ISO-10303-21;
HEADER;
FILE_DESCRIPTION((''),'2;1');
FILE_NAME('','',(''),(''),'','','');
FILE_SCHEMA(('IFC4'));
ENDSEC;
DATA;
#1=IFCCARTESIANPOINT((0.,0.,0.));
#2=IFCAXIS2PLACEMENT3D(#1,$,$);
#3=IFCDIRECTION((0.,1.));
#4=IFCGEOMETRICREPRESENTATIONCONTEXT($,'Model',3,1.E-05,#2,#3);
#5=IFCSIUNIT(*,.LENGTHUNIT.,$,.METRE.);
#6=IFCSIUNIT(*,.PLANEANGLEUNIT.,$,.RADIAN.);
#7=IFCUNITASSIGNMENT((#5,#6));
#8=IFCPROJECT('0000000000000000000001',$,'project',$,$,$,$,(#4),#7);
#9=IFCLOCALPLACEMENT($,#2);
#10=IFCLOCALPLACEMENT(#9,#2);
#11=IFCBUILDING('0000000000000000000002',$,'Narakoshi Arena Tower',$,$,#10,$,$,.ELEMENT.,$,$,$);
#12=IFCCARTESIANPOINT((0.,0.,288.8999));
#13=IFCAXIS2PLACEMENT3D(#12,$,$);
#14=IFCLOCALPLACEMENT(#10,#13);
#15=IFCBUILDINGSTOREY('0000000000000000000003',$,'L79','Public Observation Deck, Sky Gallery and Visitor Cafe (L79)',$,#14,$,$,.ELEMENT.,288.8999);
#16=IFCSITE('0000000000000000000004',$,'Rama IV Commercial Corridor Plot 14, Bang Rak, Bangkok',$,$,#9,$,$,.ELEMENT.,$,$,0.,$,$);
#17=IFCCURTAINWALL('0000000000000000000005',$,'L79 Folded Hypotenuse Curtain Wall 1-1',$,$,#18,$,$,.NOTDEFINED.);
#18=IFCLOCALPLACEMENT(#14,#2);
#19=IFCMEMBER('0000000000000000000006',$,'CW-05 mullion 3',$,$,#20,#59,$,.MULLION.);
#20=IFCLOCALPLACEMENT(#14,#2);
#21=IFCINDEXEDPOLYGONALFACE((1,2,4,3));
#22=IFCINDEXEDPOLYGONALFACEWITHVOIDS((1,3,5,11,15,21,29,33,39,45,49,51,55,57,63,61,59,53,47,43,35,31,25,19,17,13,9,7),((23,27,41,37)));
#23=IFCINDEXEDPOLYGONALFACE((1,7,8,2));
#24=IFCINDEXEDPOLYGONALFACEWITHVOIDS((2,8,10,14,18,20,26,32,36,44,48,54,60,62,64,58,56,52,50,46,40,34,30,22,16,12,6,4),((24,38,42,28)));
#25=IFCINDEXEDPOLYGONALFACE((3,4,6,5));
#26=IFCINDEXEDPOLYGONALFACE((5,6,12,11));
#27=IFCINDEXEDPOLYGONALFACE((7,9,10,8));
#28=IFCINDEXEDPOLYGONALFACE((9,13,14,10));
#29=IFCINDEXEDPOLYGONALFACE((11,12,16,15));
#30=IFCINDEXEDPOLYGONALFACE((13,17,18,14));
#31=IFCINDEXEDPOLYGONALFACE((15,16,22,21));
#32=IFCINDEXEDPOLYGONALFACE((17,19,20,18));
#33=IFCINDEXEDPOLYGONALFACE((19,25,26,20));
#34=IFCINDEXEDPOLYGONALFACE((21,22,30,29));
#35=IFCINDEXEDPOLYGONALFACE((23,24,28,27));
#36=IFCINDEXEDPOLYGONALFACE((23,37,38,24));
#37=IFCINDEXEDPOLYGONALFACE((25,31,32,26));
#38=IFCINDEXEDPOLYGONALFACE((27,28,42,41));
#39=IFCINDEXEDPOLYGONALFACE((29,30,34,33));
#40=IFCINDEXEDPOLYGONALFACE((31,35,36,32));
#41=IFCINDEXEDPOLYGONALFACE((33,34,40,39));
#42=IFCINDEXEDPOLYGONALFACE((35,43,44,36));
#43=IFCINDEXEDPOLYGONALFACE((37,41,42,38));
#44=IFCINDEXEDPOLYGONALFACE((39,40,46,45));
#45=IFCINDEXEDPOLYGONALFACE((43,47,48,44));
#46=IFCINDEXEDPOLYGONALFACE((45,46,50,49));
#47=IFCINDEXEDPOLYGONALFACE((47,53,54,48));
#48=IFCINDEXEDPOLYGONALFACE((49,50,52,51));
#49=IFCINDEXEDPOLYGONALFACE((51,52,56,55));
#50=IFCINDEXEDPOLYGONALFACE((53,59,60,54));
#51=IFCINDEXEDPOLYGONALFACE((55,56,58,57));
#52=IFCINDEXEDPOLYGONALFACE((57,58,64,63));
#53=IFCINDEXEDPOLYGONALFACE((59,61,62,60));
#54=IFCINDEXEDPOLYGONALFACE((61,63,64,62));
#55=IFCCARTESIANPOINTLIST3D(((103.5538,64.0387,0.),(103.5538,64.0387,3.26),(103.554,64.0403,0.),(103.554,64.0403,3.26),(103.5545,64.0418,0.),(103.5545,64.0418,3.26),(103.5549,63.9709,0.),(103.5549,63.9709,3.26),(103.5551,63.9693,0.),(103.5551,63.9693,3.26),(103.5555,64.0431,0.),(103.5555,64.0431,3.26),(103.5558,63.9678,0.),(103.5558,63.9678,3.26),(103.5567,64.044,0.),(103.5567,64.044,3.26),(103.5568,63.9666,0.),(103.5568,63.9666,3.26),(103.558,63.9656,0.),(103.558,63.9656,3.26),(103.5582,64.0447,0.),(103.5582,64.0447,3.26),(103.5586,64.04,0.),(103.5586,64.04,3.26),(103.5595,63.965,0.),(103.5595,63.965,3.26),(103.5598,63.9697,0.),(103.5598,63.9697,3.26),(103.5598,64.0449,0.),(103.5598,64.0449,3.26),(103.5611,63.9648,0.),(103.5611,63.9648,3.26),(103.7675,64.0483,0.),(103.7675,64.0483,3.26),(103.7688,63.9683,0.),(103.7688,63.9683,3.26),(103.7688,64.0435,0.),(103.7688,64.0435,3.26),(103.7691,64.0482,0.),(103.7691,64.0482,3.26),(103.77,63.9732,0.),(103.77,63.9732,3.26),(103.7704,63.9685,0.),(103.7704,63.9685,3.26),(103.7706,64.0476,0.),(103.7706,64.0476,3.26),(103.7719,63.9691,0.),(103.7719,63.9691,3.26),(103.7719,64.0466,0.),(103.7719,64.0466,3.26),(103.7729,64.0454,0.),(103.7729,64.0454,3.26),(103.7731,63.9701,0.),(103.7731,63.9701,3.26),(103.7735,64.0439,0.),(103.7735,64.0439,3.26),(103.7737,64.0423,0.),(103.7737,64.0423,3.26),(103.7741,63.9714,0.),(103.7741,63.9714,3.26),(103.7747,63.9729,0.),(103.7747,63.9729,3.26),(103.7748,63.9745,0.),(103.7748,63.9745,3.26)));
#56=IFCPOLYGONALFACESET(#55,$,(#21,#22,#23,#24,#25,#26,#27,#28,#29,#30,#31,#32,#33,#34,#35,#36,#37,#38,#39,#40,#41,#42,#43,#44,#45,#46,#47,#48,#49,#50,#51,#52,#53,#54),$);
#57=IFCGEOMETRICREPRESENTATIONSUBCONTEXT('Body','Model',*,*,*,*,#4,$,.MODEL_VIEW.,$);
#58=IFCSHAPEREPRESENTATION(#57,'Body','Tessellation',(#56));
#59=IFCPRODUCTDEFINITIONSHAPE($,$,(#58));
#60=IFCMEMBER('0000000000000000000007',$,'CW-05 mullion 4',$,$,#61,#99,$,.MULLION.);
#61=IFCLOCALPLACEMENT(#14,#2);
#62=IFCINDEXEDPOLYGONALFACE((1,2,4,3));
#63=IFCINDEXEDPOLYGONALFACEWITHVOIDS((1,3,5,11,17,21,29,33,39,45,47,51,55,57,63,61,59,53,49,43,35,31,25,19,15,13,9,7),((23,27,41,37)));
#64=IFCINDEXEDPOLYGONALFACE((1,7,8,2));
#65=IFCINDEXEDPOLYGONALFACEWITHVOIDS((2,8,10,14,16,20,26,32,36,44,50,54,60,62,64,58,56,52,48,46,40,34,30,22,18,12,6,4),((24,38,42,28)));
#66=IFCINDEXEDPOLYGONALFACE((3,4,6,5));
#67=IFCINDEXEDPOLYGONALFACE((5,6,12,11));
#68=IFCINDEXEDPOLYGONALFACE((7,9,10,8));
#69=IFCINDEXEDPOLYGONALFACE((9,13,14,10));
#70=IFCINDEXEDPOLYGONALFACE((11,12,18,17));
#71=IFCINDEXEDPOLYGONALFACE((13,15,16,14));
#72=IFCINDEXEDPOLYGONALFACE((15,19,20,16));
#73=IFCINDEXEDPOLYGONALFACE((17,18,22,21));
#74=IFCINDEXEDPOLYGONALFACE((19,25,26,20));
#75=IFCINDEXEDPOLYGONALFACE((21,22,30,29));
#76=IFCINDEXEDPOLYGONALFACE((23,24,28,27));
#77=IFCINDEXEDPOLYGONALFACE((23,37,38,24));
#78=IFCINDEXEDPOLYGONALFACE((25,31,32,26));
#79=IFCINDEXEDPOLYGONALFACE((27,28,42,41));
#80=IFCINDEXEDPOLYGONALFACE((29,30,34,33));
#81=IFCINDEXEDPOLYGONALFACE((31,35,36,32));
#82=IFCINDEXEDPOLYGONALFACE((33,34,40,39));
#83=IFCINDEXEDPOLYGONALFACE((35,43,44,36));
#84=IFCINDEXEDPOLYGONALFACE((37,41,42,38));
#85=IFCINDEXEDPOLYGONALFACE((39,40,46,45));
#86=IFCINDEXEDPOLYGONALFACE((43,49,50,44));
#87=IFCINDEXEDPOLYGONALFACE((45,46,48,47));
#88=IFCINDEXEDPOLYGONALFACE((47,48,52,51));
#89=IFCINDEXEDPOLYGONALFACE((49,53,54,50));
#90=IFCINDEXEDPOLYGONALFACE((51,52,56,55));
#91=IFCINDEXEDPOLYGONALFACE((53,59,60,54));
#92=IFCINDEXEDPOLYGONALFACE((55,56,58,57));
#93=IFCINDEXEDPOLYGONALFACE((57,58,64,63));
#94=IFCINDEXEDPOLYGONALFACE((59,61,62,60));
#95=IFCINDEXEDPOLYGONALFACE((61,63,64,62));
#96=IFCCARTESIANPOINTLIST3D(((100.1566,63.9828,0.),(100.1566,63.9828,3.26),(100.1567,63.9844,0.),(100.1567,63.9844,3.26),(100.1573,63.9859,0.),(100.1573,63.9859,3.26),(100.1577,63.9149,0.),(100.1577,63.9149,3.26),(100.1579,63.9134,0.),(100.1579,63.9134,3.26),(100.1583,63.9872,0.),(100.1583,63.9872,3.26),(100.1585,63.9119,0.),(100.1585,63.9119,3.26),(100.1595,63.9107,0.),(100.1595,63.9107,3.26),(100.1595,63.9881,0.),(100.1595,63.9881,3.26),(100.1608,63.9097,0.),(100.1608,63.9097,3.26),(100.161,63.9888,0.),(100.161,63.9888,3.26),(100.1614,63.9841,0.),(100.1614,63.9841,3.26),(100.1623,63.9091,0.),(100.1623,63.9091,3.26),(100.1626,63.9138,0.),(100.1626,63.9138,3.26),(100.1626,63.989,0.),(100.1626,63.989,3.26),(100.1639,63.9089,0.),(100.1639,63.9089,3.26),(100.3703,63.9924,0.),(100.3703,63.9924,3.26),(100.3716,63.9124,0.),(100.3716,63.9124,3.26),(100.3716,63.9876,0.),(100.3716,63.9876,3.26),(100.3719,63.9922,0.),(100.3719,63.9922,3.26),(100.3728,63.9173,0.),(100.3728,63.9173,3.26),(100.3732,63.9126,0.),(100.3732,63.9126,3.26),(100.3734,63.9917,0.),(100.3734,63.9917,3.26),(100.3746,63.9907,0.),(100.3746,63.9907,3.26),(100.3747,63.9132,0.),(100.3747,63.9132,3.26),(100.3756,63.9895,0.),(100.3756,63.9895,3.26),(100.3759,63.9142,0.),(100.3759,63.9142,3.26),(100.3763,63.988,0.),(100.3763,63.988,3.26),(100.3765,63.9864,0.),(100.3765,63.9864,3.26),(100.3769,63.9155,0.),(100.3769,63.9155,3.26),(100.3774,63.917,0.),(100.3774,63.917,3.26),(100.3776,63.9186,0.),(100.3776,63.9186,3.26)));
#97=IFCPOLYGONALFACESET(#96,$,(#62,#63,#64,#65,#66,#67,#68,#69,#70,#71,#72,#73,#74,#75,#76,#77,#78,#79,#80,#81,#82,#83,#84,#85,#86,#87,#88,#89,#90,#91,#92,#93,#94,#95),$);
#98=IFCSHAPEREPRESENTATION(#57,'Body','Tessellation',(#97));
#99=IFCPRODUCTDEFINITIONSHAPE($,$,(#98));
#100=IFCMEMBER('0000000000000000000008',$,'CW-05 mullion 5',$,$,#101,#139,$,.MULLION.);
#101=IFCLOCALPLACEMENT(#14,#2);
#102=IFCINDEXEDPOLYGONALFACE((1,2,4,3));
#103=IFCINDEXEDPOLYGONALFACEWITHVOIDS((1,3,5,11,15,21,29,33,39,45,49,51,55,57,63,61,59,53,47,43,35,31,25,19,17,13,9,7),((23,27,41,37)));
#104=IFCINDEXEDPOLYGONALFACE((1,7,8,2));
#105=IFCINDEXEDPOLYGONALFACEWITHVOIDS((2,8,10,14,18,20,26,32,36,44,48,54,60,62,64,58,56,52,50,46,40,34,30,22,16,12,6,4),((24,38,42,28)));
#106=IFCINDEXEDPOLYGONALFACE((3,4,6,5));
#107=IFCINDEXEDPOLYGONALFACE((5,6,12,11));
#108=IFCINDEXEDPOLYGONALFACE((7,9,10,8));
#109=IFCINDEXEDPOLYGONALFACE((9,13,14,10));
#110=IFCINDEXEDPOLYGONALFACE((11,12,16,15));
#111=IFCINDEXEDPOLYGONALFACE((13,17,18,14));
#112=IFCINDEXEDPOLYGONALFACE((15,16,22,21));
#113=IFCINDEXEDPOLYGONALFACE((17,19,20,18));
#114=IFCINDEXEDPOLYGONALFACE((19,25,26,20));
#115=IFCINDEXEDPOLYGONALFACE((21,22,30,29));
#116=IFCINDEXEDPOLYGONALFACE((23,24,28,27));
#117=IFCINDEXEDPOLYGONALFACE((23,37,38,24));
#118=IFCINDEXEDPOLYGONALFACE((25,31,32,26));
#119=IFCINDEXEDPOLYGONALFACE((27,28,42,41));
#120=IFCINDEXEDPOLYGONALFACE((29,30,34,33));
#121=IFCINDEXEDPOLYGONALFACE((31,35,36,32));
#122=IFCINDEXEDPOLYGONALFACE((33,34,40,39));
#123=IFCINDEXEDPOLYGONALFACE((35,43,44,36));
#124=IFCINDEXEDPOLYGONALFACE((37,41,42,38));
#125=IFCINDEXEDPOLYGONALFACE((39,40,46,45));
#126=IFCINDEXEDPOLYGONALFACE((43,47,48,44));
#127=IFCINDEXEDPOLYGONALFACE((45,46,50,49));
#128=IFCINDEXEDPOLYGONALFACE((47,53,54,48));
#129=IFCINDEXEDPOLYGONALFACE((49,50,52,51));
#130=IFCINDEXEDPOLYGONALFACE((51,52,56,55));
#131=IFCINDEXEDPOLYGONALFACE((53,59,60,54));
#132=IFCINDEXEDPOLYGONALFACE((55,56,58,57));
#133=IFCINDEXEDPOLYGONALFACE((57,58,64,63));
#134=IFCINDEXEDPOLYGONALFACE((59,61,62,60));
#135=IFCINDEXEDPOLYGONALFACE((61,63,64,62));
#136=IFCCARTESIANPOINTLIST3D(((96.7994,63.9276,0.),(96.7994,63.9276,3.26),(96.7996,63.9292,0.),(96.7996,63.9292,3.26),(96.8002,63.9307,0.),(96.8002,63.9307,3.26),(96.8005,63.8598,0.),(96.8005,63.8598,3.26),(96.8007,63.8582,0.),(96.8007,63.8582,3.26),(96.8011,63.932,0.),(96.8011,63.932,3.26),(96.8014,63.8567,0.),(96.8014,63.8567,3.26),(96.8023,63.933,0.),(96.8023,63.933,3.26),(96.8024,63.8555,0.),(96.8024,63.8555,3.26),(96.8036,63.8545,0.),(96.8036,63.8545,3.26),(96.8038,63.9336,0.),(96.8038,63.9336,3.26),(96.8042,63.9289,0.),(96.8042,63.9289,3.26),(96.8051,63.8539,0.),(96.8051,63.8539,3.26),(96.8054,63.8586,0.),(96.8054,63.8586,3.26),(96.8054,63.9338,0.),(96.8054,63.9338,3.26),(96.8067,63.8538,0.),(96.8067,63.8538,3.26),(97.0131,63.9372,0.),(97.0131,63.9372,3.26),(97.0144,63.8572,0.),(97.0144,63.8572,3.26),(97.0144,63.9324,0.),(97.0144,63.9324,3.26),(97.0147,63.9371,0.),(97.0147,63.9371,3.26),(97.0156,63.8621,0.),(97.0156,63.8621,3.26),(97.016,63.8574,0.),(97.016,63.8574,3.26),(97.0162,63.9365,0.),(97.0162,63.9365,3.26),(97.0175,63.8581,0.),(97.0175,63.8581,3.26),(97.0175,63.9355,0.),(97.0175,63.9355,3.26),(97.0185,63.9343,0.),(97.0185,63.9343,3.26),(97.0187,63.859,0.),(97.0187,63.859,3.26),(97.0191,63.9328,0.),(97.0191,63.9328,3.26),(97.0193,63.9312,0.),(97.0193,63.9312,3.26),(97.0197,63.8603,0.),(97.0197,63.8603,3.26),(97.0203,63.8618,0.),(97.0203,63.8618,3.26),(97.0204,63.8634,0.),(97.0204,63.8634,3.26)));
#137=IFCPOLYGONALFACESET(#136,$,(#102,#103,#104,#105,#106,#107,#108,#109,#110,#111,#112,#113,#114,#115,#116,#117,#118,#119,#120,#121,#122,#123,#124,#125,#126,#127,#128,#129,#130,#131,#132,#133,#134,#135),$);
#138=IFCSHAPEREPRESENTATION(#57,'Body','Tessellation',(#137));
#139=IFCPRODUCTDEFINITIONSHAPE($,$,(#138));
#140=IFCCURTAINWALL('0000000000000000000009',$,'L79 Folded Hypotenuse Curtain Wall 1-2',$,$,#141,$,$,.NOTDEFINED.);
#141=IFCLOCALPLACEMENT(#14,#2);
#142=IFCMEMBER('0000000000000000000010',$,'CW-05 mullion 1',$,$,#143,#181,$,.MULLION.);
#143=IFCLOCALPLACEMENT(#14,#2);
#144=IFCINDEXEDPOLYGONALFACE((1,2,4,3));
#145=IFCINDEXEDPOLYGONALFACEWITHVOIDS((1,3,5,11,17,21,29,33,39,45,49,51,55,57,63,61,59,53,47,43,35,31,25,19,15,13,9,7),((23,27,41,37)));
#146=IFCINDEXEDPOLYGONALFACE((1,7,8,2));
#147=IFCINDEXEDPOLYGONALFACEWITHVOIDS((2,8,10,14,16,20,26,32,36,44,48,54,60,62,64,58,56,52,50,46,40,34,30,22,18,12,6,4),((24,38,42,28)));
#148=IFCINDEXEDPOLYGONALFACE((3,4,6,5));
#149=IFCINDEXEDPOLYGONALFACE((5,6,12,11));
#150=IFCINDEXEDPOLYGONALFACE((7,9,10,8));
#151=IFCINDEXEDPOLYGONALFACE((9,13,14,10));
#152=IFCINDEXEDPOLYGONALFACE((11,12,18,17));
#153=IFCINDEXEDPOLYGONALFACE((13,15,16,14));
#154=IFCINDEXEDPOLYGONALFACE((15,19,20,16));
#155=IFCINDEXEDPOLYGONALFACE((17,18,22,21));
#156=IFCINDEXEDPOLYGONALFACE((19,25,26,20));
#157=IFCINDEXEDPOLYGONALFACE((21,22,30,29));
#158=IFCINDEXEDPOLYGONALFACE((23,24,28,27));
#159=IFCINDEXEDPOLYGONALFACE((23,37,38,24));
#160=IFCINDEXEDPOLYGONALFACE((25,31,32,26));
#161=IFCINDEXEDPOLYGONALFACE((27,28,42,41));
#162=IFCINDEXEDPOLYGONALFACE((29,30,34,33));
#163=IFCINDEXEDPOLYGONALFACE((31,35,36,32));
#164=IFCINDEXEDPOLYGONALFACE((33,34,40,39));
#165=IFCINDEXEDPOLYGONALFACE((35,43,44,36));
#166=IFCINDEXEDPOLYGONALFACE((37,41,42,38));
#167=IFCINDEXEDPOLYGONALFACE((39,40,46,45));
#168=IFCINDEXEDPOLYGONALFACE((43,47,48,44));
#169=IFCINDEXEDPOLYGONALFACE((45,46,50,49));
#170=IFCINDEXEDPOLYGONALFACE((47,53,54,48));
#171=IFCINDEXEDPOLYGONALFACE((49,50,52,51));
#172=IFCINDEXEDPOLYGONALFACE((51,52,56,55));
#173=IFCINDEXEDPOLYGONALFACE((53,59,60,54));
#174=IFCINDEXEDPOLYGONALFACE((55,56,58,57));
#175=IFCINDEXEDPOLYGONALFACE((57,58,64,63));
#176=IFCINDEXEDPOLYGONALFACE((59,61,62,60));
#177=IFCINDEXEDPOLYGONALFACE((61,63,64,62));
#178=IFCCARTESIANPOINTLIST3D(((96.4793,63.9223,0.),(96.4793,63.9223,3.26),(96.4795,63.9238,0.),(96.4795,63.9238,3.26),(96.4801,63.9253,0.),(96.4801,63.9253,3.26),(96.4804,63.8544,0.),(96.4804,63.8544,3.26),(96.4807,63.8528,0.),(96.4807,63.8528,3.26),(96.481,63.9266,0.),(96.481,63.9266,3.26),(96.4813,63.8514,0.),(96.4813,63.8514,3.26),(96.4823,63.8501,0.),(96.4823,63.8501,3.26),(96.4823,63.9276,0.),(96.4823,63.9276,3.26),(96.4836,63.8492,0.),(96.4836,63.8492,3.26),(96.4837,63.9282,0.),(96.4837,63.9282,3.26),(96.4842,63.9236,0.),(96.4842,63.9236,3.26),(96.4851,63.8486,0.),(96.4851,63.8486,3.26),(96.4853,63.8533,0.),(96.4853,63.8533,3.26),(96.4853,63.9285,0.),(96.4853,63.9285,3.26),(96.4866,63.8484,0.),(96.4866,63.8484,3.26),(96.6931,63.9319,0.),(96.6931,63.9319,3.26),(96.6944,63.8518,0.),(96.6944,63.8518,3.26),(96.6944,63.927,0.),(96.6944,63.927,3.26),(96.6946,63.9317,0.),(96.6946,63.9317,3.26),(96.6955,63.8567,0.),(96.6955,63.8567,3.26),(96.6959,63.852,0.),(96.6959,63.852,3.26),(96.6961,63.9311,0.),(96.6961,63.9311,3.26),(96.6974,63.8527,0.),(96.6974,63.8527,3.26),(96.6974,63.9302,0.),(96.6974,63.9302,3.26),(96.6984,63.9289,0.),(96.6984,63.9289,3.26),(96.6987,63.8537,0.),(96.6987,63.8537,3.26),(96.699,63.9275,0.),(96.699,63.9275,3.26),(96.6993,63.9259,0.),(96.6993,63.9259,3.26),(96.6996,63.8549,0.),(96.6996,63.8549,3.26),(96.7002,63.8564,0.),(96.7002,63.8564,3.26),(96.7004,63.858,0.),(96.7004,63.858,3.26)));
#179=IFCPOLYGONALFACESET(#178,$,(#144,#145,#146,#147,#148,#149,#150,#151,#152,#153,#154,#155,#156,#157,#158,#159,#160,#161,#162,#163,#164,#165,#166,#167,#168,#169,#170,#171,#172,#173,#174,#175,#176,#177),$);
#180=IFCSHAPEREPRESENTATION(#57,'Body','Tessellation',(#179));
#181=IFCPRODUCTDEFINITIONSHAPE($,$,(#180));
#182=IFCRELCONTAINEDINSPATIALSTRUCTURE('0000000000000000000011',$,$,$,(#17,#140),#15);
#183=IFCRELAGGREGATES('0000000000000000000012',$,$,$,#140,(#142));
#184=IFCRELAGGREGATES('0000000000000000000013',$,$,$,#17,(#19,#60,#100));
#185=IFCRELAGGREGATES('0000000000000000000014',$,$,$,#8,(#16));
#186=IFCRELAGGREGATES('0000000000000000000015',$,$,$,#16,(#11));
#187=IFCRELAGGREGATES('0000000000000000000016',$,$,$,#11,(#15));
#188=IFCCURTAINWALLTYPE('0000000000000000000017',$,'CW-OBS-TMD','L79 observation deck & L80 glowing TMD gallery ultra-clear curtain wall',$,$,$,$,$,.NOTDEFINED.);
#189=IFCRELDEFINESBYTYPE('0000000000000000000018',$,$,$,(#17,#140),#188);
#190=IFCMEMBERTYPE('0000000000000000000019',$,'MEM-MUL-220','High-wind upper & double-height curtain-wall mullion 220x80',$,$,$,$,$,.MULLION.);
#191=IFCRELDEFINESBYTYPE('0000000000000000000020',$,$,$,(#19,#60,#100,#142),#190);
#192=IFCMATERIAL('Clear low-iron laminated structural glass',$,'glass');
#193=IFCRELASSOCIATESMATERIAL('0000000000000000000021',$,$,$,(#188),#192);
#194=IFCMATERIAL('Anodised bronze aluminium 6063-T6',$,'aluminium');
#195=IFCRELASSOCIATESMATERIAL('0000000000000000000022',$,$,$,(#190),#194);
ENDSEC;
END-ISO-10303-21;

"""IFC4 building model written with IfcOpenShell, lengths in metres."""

from ifc_helpers import new_model, si_unit, direction, frame, origin, origin_2d, place, context, subcontext, project, spatial, hollow_rectangle, extrude, material, material_profile, profile_set, type_object, element, aggregate, save


model = new_model("IFC4")

# Units and contexts
model_context = context("Model", 3, precision=1e-05, world=origin(), true_north=direction((0.0, 1.0)))
body_context = subcontext(model_context, "Body", "Model", "MODEL_VIEW")
ifc_project = project(units=[si_unit("LENGTHUNIT", "METRE"), si_unit("PLANEANGLEUNIT", "RADIAN")], contexts=[model_context])

# Site, building, storey
site_placement = place(None, origin())
site = spatial("IfcSite", under=ifc_project, at=site_placement, Name="Rama IV Commercial Corridor Plot 14, Bang Rak, Bangkok", CompositionType="ELEMENT", RefElevation=0.0)
building_placement = place(site_placement, origin())
building = spatial("IfcBuilding", under=site, at=building_placement, Name="Narakoshi Arena Tower", CompositionType="ELEMENT")
storey_placement = place(building_placement, frame((0.0, 0.0, 288.8999)))
storey = spatial("IfcBuildingStorey", under=building, at=storey_placement, Name="L79", Description="Public Observation Deck, Sky Gallery and Visitor Cafe (L79)", CompositionType="ELEMENT", Elevation=288.8999)

# Curtain wall, members
ifc_material_1 = material(Name="Clear low-iron laminated structural glass", Category="glass")
curtain_wall_type = type_object("IfcCurtainWallType", Name="CW-OBS-TMD", Description="L79 observation deck & L80 glowing TMD gallery ultra-clear curtain wall", PredefinedType="NOTDEFINED", material=ifc_material_1)
curtain_wall_1_placement = place(storey_placement, origin())
curtain_wall_1 = element("IfcCurtainWall", 1, at=curtain_wall_1_placement, inside=storey, type_object=curtain_wall_type, Name="L79 Folded Hypotenuse Curtain Wall 1-1", PredefinedType="NOTDEFINED")
ifc_material_2 = material(Name="Anodised bronze aluminium 6063-T6", Category="aluminium")
ifc_material_profile_1 = material_profile(ifc_material_2, hollow_rectangle(XDim=0.0801, YDim=0.22, WallThickness=0.0049, OuterFilletRadius=0.0061, at=origin_2d()), Name="MUL220x80x5")
ifc_profile_set_1 = profile_set([ifc_material_profile_1], Name="Anodised bronze aluminium 6063-T6")
member_type_1 = type_object("IfcMemberType", Name="MEM-MUL-220", Description="High-wind upper & double-height curtain-wall mullion 220x80", PredefinedType="MULLION", material=ifc_profile_set_1)
member_1_placement = place(storey_placement, frame((103.6643, 64.0066, 0.0), z_axis=(0.0, 0.0, 1.0), x_axis=(0.016445, -0.999865, 0.0)))
member_1 = element("IfcMember", 2, at=member_1_placement, type_object=member_type_1, Name="CW-05 mullion 3", PredefinedType="MULLION", context=body_context, shape_type="SweptSolid", body=[
    extrude(hollow_rectangle(XDim=0.0801, YDim=0.22, WallThickness=0.0049, OuterFilletRadius=0.0061, at=origin_2d()), origin(), (0.0, 0.0, 1.0), 3.26),
])
member_2_placement = place(storey_placement, frame((100.2671, 63.9507, 0.0), z_axis=(0.0, 0.0, 1.0), x_axis=(0.016445, -0.999865, 0.0)))
member_2 = element("IfcMember", 3, at=member_2_placement, type_object=member_type_1, Name="CW-05 mullion 4", PredefinedType="MULLION", context=body_context, shape_type="SweptSolid", body=[
    extrude(hollow_rectangle(XDim=0.0801, YDim=0.22, WallThickness=0.0049, OuterFilletRadius=0.0061, at=origin_2d()), origin(), (0.0, 0.0, 1.0), 3.26),
])
member_3_placement = place(storey_placement, frame((96.9099, 63.8955, 0.0), z_axis=(0.0, 0.0, 1.0), x_axis=(0.016445, -0.999865, 0.0)))
member_3 = element("IfcMember", 4, at=member_3_placement, type_object=member_type_1, Name="CW-05 mullion 5", PredefinedType="MULLION", context=body_context, shape_type="SweptSolid", body=[
    extrude(hollow_rectangle(XDim=0.0801, YDim=0.22, WallThickness=0.0049, OuterFilletRadius=0.0061, at=origin_2d()), origin(), (0.0, 0.0, 1.0), 3.26),
])

# Curtain wall, member
curtain_wall_2_placement = place(storey_placement, origin())
curtain_wall_2 = element("IfcCurtainWall", 5, at=curtain_wall_2_placement, inside=storey, type_object=curtain_wall_type, Name="L79 Folded Hypotenuse Curtain Wall 1-2", PredefinedType="NOTDEFINED")
member_4_placement = place(storey_placement, frame((96.5898, 63.8901, 0.0), z_axis=(0.0, 0.0, 1.0), x_axis=(0.016437, -0.999865, 0.0)))
member_4 = element("IfcMember", 6, at=member_4_placement, type_object=member_type_1, Name="CW-05 mullion 1", PredefinedType="MULLION", context=body_context, shape_type="SweptSolid", body=[
    extrude(hollow_rectangle(XDim=0.0801, YDim=0.22, WallThickness=0.0049, OuterFilletRadius=0.0061, at=origin_2d()), origin(), (0.0, 0.0, 1.0), 3.26),
])

aggregate(curtain_wall_2, [member_4])

aggregate(curtain_wall_1, [member_1, member_2, member_3])

save(model, "model.ifc")
